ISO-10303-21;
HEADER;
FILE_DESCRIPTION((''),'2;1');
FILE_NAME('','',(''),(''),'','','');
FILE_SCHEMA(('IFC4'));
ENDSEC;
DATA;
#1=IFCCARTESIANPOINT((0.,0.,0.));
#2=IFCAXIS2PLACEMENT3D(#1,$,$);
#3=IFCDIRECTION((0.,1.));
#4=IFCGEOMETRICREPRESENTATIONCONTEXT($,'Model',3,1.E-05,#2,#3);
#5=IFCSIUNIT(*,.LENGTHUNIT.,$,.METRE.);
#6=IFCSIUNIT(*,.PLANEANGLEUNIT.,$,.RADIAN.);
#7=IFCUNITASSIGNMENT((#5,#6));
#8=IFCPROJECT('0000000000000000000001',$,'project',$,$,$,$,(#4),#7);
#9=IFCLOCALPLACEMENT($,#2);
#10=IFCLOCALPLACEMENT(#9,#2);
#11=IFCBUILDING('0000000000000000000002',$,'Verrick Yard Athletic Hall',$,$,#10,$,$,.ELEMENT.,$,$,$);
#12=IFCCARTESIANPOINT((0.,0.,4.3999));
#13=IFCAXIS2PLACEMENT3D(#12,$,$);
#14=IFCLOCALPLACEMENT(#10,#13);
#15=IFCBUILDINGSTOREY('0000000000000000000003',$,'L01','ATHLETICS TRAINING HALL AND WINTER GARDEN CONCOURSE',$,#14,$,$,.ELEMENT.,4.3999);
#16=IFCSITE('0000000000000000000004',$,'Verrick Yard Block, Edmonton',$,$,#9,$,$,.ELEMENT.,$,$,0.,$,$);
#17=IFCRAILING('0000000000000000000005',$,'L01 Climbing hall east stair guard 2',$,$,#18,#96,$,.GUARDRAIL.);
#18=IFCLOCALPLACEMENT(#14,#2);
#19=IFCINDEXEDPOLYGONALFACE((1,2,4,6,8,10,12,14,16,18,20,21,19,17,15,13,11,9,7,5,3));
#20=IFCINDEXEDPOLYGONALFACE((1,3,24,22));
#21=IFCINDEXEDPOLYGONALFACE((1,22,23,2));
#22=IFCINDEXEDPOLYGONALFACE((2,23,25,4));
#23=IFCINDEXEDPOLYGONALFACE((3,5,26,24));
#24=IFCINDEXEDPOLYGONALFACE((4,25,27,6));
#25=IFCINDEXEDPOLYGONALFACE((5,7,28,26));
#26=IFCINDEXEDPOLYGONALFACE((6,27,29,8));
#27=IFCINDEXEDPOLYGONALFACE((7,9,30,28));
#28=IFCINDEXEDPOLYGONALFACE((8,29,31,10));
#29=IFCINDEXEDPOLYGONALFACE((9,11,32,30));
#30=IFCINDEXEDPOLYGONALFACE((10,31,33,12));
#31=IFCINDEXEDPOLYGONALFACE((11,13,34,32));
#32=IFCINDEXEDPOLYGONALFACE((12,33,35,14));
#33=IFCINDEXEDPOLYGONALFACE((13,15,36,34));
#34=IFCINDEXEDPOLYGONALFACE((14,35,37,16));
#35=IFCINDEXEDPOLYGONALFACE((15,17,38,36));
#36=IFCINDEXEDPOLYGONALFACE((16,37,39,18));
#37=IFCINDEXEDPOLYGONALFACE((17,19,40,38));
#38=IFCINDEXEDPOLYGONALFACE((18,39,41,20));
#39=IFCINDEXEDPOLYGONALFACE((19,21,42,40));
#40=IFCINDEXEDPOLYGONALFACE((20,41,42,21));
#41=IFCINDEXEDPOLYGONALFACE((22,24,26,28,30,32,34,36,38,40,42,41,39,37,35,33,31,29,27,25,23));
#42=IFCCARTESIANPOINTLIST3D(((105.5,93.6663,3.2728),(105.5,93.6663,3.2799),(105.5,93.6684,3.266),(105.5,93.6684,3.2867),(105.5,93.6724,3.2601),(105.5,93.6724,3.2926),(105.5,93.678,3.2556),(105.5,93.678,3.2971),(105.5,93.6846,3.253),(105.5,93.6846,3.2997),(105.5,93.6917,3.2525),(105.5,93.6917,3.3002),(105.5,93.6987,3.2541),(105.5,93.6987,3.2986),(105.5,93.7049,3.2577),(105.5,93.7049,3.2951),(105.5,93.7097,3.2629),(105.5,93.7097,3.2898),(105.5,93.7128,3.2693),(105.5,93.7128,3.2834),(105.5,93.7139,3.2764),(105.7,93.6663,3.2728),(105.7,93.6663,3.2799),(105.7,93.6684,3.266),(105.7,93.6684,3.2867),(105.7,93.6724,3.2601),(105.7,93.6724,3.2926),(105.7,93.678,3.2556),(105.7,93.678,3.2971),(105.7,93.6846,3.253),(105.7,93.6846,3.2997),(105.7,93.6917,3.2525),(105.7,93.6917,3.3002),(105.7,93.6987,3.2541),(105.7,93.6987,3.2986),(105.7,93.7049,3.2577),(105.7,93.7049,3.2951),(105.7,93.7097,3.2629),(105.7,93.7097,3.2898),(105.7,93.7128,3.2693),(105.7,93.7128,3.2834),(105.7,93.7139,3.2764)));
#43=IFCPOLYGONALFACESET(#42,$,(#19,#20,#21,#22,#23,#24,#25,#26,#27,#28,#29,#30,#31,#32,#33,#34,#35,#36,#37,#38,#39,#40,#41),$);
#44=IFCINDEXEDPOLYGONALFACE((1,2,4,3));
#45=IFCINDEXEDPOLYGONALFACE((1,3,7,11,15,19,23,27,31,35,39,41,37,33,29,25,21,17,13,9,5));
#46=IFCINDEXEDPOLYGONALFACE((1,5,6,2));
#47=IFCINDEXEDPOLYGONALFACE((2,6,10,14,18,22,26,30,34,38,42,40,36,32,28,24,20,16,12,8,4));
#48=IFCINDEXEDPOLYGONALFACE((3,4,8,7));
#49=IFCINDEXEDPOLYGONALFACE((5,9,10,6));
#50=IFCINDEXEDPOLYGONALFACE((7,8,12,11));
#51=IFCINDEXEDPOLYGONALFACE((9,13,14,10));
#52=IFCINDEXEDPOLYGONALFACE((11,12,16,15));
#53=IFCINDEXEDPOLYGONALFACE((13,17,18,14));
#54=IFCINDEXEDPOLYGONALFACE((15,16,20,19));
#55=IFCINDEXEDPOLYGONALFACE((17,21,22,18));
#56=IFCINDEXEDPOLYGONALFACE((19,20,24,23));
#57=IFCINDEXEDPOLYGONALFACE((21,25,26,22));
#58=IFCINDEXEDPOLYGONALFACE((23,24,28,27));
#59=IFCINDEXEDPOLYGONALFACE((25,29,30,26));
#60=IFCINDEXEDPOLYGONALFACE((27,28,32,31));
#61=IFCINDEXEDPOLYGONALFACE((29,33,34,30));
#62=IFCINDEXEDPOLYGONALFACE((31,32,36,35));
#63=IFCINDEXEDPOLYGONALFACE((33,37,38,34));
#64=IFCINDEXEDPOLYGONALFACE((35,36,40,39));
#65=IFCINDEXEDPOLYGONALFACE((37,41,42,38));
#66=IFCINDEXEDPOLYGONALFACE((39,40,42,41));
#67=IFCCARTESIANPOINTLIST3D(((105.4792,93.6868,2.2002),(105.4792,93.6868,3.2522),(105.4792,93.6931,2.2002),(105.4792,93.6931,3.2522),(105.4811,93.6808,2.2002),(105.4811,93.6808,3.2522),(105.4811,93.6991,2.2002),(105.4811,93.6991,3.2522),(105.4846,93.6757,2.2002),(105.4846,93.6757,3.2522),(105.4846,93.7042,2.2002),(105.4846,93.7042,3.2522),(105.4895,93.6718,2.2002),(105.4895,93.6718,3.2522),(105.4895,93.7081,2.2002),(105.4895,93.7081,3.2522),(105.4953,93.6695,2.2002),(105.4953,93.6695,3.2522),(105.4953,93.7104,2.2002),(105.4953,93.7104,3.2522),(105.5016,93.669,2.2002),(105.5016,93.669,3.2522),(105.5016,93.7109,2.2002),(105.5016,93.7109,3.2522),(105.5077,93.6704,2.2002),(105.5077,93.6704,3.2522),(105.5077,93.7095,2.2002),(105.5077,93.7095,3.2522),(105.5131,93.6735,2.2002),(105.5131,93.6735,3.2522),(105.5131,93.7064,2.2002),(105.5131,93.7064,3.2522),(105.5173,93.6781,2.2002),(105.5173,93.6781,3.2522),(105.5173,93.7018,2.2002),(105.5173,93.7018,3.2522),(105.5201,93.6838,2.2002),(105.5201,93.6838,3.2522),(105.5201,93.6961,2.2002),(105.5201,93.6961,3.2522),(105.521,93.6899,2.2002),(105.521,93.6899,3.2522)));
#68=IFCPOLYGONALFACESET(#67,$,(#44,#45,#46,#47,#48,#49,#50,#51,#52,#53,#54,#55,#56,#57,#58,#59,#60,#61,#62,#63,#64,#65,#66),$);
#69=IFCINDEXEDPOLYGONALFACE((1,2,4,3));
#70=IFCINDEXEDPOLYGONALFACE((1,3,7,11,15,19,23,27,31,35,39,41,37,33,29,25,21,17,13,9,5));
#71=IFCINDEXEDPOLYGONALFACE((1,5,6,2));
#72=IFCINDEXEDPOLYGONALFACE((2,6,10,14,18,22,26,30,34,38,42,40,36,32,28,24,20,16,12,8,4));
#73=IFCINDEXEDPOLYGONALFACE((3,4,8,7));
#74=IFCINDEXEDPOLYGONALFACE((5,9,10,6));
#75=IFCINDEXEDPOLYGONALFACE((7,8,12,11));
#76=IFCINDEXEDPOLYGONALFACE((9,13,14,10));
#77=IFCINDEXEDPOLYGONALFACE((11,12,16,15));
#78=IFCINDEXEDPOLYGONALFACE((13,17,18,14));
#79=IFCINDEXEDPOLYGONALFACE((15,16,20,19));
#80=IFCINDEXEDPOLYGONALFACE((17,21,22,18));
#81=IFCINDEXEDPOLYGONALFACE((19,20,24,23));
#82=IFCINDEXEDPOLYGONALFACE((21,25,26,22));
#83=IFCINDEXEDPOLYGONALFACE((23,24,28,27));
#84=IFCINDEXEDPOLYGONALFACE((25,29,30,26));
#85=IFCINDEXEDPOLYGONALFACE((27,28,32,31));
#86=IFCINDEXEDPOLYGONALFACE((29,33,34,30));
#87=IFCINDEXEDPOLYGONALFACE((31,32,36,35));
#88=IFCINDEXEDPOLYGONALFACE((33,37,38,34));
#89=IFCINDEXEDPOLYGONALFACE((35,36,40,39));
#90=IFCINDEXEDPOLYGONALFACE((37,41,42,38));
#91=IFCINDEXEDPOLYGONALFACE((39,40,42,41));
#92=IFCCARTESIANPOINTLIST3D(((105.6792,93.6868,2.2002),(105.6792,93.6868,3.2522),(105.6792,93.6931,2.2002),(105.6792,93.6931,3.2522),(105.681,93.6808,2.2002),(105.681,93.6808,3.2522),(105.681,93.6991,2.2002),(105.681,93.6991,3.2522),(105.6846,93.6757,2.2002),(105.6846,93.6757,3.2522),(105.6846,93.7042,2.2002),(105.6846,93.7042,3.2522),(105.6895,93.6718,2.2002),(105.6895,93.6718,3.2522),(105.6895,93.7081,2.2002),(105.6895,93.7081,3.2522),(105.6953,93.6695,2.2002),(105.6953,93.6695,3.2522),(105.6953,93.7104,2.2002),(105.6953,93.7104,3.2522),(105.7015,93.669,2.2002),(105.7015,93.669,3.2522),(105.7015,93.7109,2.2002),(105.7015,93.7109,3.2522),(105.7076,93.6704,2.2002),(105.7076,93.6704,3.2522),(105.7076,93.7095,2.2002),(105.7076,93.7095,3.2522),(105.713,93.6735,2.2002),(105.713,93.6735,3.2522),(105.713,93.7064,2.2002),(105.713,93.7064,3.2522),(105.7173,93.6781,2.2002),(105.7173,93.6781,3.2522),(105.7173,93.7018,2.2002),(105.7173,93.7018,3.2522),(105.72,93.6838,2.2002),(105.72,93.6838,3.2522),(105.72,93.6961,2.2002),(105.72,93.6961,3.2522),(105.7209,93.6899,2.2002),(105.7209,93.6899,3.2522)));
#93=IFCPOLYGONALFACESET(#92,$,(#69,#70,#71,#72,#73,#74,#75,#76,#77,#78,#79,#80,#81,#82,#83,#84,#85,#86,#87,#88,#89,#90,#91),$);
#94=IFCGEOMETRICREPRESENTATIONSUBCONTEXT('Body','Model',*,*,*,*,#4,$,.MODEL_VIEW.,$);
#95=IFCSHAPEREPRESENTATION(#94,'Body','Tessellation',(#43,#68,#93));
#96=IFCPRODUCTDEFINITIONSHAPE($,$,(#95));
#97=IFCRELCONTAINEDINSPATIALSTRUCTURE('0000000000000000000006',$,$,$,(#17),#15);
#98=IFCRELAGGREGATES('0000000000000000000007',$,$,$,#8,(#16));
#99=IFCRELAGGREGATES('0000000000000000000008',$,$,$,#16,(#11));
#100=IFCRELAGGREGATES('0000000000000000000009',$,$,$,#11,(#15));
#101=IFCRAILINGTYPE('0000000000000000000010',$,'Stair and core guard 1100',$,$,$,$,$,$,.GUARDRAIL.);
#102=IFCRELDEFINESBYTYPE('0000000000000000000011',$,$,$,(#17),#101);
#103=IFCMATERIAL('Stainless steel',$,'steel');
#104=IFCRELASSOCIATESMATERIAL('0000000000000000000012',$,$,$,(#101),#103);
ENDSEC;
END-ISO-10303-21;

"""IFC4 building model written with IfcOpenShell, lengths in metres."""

from ifc_helpers import new_model, si_unit, direction, frame, origin, origin_2d, place, context, subcontext, project, spatial, circle, extrude, material, type_object, element, save


model = new_model("IFC4")

# Units and contexts
model_context = context("Model", 3, precision=1e-05, world=origin(), true_north=direction((0.0, 1.0)))
body_context = subcontext(model_context, "Body", "Model", "MODEL_VIEW")
ifc_project = project(units=[si_unit("LENGTHUNIT", "METRE"), si_unit("PLANEANGLEUNIT", "RADIAN")], contexts=[model_context])

# Site, building, storey
site_placement = place(None, origin())
site = spatial("IfcSite", under=ifc_project, at=site_placement, Name="Verrick Yard Block, Edmonton", CompositionType="ELEMENT", RefElevation=0.0)
building_placement = place(site_placement, origin())
building = spatial("IfcBuilding", under=site, at=building_placement, Name="Verrick Yard Athletic Hall", CompositionType="ELEMENT")
storey_placement = place(building_placement, frame((0.0, 0.0, 4.3999)))
storey = spatial("IfcBuildingStorey", under=building, at=storey_placement, Name="L01", Description="ATHLETICS TRAINING HALL AND WINTER GARDEN CONCOURSE", CompositionType="ELEMENT", Elevation=4.3999)

# Railing
ifc_material_1 = material(Name="Stainless steel", Category="steel")
railing_type_1 = type_object("IfcRailingType", Name="Stair and core guard 1100", PredefinedType="GUARDRAIL", material=ifc_material_1)
railing_1_placement = place(storey_placement, frame((105.5, 93.6899, 2.2002)))
element("IfcRailing", 1, at=railing_1_placement, inside=storey, type_object=railing_type_1, Name="L01 Climbing hall east stair guard 2", PredefinedType="GUARDRAIL", context=body_context, shape_type="SweptSolid", body=[
    extrude(circle(Radius=0.0239, at=origin_2d()), frame((0.0, 0.0, 1.0762), z_axis=(1.0, 0.0, 0.0), x_axis=(0.0, 1.0, 0.0)), (0.0, 0.0, 1.0), 0.2),
    extrude(circle(Radius=0.021, at=origin_2d()), origin(), (0.0, 0.0, 1.0), 1.052),
    extrude(circle(Radius=0.021, at=origin_2d()), frame((0.2, 0.0, 0.0)), (0.0, 0.0, 1.0), 1.052),
])

save(model, "model.ifc")
